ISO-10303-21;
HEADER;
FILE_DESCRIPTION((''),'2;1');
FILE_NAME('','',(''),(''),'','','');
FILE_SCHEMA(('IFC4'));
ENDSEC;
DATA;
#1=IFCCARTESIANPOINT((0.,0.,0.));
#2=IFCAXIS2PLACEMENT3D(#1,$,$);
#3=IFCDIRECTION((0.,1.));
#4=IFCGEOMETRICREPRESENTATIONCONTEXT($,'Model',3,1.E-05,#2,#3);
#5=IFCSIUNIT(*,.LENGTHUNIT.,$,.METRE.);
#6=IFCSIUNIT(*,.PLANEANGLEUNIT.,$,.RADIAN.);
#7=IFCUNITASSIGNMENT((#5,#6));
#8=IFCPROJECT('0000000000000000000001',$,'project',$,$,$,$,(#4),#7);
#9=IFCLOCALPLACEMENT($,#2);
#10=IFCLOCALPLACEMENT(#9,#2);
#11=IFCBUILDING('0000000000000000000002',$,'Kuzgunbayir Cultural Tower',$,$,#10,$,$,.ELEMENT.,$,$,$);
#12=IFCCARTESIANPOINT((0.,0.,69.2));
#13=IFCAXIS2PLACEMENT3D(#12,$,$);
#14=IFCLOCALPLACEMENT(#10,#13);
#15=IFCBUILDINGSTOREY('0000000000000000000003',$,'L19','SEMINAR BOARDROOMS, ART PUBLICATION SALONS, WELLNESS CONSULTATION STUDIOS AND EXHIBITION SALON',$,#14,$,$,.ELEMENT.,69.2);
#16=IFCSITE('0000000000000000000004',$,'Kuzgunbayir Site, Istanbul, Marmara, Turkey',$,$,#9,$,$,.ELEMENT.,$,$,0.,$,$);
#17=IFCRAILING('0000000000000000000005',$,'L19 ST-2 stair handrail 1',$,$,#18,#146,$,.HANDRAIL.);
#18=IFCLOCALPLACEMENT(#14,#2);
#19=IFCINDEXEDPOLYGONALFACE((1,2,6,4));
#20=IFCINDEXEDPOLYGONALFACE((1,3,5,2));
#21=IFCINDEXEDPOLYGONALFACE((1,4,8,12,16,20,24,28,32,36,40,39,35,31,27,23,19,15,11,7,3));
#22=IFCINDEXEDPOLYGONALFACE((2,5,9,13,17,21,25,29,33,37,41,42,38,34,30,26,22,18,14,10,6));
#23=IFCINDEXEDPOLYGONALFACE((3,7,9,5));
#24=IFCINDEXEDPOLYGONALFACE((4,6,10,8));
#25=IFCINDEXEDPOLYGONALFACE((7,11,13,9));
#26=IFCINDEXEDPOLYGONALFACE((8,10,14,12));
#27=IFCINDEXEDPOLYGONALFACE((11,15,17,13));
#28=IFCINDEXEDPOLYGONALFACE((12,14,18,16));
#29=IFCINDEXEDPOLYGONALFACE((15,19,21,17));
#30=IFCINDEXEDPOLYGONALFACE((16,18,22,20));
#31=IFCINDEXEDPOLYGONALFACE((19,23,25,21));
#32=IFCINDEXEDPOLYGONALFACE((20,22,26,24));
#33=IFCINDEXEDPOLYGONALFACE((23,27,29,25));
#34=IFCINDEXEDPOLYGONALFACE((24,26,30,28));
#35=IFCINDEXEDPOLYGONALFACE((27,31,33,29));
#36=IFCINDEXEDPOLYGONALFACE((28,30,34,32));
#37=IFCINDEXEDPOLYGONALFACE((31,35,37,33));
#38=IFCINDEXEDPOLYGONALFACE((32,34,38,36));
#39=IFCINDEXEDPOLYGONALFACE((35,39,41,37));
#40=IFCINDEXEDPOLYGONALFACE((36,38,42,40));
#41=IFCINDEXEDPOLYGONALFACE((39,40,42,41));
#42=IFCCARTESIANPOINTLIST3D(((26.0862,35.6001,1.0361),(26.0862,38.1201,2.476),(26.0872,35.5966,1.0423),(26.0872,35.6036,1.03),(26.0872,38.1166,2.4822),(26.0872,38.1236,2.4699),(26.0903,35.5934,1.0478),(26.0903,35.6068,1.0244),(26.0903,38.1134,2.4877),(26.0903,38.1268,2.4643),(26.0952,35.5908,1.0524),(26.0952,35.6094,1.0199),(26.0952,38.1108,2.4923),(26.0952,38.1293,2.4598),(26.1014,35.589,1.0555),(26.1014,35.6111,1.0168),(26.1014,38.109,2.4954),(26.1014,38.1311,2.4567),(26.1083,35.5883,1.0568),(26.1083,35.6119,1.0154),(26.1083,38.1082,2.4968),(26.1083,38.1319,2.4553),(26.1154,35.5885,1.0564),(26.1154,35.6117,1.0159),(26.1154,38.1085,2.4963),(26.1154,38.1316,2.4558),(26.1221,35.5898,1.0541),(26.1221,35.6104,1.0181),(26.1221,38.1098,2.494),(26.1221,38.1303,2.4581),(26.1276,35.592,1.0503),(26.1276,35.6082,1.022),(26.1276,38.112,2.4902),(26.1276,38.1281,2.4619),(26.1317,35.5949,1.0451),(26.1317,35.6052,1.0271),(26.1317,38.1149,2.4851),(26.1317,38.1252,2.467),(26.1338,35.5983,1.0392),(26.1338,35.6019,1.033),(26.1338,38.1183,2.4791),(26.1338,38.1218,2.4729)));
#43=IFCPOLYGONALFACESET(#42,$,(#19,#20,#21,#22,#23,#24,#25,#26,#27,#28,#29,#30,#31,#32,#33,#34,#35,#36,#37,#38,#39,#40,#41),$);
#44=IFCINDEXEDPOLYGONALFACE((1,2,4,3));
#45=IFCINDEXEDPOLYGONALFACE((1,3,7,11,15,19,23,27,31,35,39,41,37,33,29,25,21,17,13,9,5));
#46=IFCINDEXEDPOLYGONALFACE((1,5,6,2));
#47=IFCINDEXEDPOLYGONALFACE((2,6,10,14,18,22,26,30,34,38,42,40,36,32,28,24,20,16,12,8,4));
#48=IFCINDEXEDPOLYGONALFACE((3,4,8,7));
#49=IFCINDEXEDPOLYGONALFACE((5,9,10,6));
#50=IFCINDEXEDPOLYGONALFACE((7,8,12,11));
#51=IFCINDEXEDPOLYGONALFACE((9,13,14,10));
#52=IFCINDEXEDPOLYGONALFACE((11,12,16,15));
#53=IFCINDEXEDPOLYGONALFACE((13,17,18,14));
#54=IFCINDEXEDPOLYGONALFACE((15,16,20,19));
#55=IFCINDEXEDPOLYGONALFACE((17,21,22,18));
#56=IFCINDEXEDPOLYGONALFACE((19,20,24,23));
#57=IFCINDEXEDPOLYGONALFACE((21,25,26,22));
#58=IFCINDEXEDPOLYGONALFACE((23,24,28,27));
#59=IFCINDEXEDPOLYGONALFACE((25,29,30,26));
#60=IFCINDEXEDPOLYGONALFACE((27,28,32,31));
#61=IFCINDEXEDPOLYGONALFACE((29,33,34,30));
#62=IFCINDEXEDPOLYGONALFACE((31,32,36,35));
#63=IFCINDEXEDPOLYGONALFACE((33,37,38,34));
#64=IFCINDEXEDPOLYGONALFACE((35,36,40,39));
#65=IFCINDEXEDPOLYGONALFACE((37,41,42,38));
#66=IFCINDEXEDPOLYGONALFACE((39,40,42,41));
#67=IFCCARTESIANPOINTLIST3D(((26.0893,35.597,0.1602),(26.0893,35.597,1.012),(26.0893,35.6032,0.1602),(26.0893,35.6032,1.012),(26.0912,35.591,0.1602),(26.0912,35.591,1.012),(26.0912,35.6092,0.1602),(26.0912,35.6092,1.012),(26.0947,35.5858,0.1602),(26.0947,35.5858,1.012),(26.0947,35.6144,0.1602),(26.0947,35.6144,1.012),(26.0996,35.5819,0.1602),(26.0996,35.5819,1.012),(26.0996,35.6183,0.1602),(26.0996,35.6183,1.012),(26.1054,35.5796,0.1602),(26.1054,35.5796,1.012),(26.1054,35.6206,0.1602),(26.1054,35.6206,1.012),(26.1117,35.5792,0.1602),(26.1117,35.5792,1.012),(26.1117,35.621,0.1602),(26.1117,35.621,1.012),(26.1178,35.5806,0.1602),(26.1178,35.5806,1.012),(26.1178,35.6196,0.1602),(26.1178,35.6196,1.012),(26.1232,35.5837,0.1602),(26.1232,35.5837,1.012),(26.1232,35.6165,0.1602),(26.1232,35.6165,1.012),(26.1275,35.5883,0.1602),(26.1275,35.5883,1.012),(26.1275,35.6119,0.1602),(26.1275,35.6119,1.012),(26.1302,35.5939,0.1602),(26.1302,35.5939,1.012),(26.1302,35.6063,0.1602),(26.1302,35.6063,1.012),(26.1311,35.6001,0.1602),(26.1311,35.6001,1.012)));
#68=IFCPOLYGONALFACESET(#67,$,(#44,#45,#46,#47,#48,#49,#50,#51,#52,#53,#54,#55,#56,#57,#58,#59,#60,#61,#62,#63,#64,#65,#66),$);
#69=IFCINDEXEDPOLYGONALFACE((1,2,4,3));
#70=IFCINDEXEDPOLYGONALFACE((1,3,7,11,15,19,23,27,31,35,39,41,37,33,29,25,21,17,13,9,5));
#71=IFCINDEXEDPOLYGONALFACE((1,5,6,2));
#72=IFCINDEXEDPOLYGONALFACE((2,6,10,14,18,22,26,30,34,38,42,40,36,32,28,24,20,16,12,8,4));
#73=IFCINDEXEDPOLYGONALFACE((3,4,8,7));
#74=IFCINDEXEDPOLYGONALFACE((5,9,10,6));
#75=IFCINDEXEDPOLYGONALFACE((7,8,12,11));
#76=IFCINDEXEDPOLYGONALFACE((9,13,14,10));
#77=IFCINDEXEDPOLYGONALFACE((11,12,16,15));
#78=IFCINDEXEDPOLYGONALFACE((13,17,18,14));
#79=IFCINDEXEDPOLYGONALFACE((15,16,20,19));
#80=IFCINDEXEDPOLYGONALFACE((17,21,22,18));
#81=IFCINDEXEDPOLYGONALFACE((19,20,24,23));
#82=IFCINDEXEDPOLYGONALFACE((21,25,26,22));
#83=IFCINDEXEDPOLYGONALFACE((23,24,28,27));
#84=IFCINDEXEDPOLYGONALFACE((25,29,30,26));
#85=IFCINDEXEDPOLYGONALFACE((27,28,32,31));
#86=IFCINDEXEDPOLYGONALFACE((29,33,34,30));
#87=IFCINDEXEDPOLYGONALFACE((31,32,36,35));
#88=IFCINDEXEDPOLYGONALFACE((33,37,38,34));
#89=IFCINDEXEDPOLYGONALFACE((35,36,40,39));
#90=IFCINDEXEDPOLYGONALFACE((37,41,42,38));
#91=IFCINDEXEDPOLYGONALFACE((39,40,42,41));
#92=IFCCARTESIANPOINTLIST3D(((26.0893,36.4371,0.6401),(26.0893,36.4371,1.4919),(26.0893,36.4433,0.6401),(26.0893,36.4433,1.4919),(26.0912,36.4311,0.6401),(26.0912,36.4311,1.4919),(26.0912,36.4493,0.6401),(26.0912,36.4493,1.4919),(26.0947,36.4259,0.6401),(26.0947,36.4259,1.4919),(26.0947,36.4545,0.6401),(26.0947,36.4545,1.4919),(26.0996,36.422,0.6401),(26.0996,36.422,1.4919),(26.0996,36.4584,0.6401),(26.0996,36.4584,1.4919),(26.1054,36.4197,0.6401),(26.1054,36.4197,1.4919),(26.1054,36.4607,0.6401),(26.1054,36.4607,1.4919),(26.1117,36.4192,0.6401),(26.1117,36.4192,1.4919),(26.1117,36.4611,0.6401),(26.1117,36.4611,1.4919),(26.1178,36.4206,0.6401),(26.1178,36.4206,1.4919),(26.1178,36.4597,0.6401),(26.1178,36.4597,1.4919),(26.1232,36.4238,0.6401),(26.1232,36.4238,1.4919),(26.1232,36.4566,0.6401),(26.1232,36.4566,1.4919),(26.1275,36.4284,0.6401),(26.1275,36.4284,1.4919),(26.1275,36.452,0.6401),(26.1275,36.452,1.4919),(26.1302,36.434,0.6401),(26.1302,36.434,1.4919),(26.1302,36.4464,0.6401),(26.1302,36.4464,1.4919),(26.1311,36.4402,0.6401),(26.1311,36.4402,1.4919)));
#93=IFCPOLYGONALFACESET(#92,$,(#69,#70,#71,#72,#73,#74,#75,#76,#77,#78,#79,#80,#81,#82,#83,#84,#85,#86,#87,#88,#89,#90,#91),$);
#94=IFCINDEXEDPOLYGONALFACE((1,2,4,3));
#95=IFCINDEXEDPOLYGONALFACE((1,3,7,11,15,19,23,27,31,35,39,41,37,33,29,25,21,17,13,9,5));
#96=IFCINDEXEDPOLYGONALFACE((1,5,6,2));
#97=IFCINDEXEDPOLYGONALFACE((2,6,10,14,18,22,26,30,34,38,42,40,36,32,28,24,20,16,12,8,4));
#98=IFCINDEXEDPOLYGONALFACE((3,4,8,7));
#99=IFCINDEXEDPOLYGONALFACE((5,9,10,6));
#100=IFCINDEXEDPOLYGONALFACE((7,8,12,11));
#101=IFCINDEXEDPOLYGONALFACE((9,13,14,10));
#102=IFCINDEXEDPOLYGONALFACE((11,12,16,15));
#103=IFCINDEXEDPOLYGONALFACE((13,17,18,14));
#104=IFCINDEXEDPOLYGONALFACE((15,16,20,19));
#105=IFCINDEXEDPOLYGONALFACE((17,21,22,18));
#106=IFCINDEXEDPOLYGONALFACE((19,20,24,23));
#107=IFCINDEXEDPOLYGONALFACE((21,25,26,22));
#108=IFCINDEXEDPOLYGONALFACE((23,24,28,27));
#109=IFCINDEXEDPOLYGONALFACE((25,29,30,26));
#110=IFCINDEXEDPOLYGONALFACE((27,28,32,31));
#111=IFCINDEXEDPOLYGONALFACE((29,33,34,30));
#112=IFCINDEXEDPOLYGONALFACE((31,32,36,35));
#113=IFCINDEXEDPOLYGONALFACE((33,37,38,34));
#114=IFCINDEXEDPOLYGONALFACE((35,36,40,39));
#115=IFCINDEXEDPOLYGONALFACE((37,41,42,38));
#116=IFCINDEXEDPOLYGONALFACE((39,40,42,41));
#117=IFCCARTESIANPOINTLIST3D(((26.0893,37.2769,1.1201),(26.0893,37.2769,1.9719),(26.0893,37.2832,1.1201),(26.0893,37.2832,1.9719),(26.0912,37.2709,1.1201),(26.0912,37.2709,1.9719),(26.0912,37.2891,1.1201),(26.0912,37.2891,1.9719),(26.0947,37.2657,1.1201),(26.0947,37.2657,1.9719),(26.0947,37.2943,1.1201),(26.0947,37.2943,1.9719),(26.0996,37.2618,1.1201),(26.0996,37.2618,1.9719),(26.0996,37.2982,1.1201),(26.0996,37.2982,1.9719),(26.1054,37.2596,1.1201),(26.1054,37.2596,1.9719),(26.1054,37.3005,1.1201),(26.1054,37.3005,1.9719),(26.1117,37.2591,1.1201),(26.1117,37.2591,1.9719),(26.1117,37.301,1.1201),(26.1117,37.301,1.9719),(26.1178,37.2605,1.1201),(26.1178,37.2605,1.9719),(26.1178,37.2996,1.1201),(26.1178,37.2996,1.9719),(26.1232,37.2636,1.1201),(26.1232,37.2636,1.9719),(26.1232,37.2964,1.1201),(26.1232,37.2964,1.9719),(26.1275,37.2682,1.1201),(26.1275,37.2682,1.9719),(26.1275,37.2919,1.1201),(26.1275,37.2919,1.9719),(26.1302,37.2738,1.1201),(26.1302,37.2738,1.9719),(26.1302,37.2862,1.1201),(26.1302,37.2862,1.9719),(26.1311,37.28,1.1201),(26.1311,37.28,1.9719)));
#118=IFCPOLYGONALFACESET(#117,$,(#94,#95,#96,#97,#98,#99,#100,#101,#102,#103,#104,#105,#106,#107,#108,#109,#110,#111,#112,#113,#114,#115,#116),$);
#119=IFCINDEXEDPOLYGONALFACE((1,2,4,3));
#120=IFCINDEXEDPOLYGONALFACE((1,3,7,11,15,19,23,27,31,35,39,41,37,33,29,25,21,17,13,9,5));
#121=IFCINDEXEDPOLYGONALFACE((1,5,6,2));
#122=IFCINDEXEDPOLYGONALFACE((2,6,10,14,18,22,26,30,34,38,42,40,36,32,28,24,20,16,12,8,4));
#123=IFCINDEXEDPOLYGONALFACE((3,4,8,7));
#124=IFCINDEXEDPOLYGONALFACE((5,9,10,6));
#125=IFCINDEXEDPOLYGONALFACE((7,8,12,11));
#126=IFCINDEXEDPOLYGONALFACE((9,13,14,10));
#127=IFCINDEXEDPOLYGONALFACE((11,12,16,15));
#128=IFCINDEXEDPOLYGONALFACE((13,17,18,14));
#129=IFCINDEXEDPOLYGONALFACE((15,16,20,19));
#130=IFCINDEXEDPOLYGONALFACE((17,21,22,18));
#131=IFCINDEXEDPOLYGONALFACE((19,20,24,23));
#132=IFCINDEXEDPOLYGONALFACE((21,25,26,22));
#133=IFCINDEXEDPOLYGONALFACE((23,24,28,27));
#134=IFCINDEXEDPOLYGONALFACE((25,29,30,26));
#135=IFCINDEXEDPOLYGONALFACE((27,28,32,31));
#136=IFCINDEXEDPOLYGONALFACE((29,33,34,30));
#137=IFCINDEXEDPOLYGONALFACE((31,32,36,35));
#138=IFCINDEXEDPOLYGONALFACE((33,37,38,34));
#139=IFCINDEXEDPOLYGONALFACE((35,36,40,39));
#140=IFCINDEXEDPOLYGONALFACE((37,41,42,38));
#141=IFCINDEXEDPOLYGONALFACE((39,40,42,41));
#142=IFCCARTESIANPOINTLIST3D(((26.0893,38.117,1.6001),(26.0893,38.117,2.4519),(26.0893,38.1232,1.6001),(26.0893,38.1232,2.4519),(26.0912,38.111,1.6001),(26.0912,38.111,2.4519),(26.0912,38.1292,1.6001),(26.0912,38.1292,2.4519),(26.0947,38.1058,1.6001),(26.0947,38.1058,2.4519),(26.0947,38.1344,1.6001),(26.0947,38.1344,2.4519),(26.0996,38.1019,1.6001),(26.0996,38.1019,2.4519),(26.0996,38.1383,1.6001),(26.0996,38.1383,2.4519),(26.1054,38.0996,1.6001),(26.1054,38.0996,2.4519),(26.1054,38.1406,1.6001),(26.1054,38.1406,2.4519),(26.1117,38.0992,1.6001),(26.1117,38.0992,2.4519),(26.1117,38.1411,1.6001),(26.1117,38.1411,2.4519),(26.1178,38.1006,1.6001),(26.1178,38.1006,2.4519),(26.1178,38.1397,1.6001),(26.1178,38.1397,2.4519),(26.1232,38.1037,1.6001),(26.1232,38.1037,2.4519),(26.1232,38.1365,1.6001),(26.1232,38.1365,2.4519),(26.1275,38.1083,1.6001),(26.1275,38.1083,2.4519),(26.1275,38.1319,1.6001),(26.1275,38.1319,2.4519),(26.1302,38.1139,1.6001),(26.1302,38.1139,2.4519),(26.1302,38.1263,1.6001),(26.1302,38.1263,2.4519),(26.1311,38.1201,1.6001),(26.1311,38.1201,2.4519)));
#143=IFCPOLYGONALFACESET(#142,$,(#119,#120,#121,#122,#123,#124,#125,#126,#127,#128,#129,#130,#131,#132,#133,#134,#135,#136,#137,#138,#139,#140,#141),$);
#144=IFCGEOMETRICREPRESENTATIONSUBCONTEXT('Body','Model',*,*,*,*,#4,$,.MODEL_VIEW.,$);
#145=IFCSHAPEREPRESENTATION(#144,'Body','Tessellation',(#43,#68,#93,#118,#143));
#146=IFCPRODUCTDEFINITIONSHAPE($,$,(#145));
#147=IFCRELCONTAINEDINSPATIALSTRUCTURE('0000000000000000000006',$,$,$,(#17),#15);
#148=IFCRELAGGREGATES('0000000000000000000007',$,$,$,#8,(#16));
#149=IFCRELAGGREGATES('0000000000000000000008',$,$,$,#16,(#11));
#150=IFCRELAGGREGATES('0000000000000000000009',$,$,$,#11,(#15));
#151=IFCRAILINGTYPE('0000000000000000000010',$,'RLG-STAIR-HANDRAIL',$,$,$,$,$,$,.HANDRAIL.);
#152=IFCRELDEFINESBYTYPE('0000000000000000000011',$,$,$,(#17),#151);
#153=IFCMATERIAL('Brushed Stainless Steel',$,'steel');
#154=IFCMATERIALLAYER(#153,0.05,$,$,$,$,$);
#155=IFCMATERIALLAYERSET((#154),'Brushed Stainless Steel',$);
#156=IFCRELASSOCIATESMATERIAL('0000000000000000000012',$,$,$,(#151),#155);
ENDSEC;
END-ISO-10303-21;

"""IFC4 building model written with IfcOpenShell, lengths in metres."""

from ifc_helpers import new_model, si_unit, direction, frame, origin, origin_2d, place, context, subcontext, project, spatial, circle, extrude, material, layer, layer_set, type_object, element, save


model = new_model("IFC4")

# Units and contexts
model_context = context("Model", 3, precision=1e-05, world=origin(), true_north=direction((0.0, 1.0)))
body_context = subcontext(model_context, "Body", "Model", "MODEL_VIEW")
ifc_project = project(units=[si_unit("LENGTHUNIT", "METRE"), si_unit("PLANEANGLEUNIT", "RADIAN")], contexts=[model_context])

# Site, building, storey
site_placement = place(None, origin())
site = spatial("IfcSite", under=ifc_project, at=site_placement, Name="Kuzgunbayir Site, Istanbul, Marmara, Turkey", CompositionType="ELEMENT", RefElevation=0.0)
building_placement = place(site_placement, origin())
building = spatial("IfcBuilding", under=site, at=building_placement, Name="Kuzgunbayir Cultural Tower", CompositionType="ELEMENT")
storey_placement = place(building_placement, frame((0.0, 0.0, 69.2)))
storey = spatial("IfcBuildingStorey", under=building, at=storey_placement, Name="L19", Description="SEMINAR BOARDROOMS, ART PUBLICATION SALONS, WELLNESS CONSULTATION STUDIOS AND EXHIBITION SALON", CompositionType="ELEMENT", Elevation=69.2)

# Railing
ifc_material_1 = material(Name="Brushed Stainless Steel", Category="steel")
ifc_layer_1 = layer(ifc_material_1, 0.05)
ifc_layer_set_1 = layer_set([ifc_layer_1], Name="Brushed Stainless Steel")
railing_type_1 = type_object("IfcRailingType", Name="RLG-STAIR-HANDRAIL", PredefinedType="HANDRAIL", material=ifc_layer_set_1)
railing_1_placement = place(storey_placement, frame((26.1101, 35.6001, 0.1602)))
element("IfcRailing", 1, at=railing_1_placement, inside=storey, type_object=railing_type_1, Name="L19 ST-2 stair handrail 1", PredefinedType="HANDRAIL", context=body_context, shape_type="SweptSolid", body=[
    extrude(circle(Radius=0.0239, at=origin_2d()), frame((0.0, 0.0, 0.876), z_axis=(0.0, 0.868253, 0.496121), x_axis=(-1.0, 0.0, 0.0)), (0.0, 0.0, 1.0), 2.9023),
    extrude(circle(Radius=0.021, at=origin_2d()), origin(), (0.0, 0.0, 1.0), 0.8518),
    extrude(circle(Radius=0.021, at=origin_2d()), frame((0.0, 0.8401, 0.48)), (0.0, 0.0, 1.0), 0.8518),
    extrude(circle(Radius=0.021, at=origin_2d()), frame((0.0, 1.6799, 0.96)), (0.0, 0.0, 1.0), 0.8518),
    extrude(circle(Radius=0.021, at=origin_2d()), frame((0.0, 2.52, 1.4399)), (0.0, 0.0, 1.0), 0.8518),
])

save(model, "model.ifc")
